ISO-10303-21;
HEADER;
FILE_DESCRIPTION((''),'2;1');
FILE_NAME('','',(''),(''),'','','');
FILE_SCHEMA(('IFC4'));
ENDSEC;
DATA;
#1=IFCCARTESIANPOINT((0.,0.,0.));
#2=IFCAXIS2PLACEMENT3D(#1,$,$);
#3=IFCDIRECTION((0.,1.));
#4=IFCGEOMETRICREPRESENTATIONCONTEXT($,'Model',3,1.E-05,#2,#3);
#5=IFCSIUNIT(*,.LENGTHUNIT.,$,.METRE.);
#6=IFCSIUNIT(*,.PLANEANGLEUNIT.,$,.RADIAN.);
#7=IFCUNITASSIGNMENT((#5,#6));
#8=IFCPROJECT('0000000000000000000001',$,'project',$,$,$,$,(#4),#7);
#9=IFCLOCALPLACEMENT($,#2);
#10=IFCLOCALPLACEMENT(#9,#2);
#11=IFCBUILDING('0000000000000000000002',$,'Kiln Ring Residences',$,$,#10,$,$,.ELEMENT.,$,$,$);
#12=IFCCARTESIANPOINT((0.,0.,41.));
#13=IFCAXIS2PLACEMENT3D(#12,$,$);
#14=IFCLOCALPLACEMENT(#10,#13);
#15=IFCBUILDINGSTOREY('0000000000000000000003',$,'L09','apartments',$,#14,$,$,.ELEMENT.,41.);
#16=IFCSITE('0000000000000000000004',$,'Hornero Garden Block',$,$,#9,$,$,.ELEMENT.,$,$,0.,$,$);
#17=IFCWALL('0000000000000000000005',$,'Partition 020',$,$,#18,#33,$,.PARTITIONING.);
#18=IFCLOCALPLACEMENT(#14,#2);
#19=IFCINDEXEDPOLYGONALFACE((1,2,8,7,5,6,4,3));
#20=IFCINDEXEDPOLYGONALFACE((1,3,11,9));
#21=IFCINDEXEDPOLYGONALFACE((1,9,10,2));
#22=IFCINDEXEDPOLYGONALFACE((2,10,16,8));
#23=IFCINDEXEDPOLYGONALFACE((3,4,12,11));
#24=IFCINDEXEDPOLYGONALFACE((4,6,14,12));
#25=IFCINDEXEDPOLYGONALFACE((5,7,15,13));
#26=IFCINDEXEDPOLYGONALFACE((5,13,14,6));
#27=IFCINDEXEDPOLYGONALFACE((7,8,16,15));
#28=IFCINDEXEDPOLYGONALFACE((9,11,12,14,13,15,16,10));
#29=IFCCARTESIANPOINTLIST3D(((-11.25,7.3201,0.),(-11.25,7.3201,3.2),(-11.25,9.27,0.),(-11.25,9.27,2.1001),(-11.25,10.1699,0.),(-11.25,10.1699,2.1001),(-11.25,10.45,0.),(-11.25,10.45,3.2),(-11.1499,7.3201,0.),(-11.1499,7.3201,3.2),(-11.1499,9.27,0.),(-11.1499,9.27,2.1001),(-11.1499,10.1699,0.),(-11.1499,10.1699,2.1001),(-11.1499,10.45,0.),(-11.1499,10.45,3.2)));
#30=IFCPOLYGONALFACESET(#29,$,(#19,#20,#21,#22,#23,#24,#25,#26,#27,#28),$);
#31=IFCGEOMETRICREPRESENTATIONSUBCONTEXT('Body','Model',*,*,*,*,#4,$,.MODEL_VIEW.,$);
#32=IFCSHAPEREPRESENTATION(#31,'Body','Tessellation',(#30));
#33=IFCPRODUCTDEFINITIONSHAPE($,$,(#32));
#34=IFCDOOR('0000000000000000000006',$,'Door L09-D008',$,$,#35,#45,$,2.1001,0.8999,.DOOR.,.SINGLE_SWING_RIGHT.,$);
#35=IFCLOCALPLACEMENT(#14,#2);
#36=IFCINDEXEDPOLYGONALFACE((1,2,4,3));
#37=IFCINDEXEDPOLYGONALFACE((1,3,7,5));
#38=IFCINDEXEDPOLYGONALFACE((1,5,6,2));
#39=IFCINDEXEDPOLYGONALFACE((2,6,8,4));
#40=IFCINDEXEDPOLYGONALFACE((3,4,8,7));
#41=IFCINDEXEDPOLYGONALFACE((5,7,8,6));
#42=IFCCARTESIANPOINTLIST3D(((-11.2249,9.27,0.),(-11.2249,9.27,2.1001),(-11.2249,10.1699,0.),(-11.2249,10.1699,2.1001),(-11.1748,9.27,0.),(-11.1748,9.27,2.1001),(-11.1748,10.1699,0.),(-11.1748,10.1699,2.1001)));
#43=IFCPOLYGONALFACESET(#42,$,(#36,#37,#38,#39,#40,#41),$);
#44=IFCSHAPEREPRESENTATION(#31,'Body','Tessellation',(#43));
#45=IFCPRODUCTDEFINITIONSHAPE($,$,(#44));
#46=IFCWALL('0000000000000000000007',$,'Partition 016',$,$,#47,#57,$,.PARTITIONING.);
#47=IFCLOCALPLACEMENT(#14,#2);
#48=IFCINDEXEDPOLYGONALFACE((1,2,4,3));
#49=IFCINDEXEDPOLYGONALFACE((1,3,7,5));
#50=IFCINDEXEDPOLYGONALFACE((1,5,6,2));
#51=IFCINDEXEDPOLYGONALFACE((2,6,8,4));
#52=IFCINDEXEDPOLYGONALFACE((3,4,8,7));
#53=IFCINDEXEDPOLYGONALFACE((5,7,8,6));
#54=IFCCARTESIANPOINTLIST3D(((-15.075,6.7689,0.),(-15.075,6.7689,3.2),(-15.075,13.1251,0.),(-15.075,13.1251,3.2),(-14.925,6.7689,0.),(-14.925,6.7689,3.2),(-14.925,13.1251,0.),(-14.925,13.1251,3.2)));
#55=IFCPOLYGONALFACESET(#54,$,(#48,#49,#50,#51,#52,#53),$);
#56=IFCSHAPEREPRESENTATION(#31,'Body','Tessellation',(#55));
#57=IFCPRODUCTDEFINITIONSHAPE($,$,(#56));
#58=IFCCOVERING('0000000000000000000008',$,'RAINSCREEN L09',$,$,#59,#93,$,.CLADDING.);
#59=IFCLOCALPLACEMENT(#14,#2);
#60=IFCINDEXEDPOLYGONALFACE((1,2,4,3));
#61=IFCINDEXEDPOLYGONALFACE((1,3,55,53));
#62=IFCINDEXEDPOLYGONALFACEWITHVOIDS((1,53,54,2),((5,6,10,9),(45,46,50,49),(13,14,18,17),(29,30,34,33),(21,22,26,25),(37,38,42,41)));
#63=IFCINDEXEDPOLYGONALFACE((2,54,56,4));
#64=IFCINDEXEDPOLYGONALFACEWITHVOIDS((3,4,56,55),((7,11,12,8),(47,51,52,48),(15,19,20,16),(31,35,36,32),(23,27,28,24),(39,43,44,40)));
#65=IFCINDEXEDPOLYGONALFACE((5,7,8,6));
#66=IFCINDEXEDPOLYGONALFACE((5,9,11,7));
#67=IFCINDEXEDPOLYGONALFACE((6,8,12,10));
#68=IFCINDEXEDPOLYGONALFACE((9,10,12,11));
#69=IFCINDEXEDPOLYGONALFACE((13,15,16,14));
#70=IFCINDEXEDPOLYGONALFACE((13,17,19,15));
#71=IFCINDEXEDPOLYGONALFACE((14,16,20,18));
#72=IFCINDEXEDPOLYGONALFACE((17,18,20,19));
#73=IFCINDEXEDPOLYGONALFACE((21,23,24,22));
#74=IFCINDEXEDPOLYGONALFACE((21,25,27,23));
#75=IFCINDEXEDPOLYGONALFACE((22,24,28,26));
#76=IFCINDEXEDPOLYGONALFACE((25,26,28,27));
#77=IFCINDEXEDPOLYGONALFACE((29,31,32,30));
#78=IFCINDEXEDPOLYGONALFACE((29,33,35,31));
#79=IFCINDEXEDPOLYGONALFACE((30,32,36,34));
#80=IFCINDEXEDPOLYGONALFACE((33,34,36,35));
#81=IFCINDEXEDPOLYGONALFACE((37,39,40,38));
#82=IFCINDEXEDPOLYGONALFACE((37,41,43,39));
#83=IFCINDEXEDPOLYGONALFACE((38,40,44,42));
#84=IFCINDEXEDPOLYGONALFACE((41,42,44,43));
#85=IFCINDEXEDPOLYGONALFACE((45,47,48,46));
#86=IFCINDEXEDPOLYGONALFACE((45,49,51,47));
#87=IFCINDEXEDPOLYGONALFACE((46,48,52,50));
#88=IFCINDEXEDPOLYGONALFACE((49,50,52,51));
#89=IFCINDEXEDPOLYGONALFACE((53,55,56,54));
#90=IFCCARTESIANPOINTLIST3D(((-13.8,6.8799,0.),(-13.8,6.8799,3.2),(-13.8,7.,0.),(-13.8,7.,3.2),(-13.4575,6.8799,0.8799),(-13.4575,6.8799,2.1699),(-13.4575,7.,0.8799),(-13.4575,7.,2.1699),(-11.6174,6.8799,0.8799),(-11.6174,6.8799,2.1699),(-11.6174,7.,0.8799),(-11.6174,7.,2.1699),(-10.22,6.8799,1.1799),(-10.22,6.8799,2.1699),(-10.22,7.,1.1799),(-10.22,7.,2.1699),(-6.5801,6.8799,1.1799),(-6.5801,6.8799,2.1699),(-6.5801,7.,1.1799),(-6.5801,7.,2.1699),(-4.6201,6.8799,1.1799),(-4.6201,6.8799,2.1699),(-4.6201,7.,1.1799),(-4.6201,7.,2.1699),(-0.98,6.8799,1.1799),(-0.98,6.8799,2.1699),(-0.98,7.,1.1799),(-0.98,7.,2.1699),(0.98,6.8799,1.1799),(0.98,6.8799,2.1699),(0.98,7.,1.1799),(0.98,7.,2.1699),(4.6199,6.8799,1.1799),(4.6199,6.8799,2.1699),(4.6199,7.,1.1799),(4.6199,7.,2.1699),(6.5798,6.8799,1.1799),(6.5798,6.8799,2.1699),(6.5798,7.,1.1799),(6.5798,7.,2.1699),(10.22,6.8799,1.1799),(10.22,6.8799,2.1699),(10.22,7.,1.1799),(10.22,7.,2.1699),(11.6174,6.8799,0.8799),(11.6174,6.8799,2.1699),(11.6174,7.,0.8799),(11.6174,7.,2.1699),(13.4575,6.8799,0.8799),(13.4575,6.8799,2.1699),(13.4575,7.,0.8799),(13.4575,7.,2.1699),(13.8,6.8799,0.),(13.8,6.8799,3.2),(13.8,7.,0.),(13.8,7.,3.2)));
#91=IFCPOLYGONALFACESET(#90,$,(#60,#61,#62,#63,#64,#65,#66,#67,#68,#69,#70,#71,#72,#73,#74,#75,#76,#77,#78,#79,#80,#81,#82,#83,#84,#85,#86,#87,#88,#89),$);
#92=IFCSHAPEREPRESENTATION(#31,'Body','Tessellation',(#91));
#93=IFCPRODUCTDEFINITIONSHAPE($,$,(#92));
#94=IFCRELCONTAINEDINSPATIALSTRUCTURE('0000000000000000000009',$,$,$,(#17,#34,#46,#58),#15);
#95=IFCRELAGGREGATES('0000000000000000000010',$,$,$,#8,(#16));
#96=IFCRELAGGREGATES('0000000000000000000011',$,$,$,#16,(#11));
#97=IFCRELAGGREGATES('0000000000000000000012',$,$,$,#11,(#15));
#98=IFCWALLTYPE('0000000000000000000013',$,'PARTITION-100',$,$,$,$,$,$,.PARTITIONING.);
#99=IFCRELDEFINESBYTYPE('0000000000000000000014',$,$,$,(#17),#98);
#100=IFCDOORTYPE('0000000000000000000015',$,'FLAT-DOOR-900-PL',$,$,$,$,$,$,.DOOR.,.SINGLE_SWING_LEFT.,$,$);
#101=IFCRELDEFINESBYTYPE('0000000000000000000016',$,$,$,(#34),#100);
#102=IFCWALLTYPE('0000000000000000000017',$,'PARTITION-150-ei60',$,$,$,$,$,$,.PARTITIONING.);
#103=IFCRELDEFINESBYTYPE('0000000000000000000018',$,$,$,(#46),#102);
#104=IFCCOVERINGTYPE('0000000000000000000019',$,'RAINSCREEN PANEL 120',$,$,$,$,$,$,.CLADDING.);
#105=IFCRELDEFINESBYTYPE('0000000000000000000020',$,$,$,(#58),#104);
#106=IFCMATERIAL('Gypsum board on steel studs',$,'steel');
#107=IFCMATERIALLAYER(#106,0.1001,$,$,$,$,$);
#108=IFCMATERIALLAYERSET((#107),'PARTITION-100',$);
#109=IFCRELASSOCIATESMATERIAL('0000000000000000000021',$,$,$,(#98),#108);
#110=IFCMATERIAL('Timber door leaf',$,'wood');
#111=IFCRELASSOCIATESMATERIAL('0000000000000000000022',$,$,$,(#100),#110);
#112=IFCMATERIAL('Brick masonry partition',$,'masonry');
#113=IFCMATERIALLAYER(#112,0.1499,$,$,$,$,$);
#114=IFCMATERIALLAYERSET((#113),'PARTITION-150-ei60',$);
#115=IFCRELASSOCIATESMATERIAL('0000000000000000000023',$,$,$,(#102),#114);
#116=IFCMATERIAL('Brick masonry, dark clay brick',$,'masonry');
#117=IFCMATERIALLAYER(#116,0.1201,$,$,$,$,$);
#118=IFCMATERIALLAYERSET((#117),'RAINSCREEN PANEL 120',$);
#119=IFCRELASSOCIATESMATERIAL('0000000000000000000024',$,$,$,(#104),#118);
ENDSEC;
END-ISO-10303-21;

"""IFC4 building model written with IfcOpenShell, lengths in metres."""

from ifc_helpers import new_model, si_unit, direction, frame, frame_2d, origin, place, context, subcontext, project, spatial, polyline, rectangle, outline, extrude, material, layer, layer_set, type_object, element, fill, save


model = new_model("IFC4")

# Units and contexts
model_context = context("Model", 3, precision=1e-05, world=origin(), true_north=direction((0.0, 1.0)))
body_context = subcontext(model_context, "Body", "Model", "MODEL_VIEW")
ifc_project = project(units=[si_unit("LENGTHUNIT", "METRE"), si_unit("PLANEANGLEUNIT", "RADIAN")], contexts=[model_context])

# Site, building, storey
site_placement = place(None, origin())
site = spatial("IfcSite", under=ifc_project, at=site_placement, Name="Hornero Garden Block", CompositionType="ELEMENT", RefElevation=0.0)
building_placement = place(site_placement, origin())
building = spatial("IfcBuilding", under=site, at=building_placement, Name="Kiln Ring Residences", CompositionType="ELEMENT")
storey_placement = place(building_placement, frame((0.0, 0.0, 41.0)))
storey = spatial("IfcBuildingStorey", under=building, at=storey_placement, Name="L09", Description="apartments", CompositionType="ELEMENT", Elevation=41.0)

# Wall, opening, door
ifc_material_1 = material(Name="Gypsum board on steel studs", Category="steel")
ifc_layer_1 = layer(ifc_material_1, 0.1001)
ifc_layer_set_1 = layer_set([ifc_layer_1], Name="PARTITION-100")
wall_type_1 = type_object("IfcWallType", Name="PARTITION-100", PredefinedType="PARTITIONING", material=ifc_layer_set_1)
wall_1_placement = place(storey_placement, frame((-11.2, 7.3201, 0.0), z_axis=(0.0, 0.0, 1.0), x_axis=(0.0, 1.0, 0.0)))
wall_1 = element("IfcWall", 1, at=wall_1_placement, inside=storey, type_object=wall_type_1, Name="Partition 020", PredefinedType="PARTITIONING", context=body_context, shape_type="SweptSolid", body=[
    extrude(rectangle(XDim=3.1299, YDim=0.1001, at=frame_2d((1.5649, 0.0))), origin(), (0.0, 0.0, 1.0), 3.2),
])
opening_1_placement = place(wall_1_placement, frame((1.95, 0.0, 0.0)))
opening_1 = element("IfcOpeningElement", 2, at=opening_1_placement, cuts=wall_1, PredefinedType="OPENING", context=body_context, shape_type="SweptSolid", body=[
    extrude(rectangle(XDim=0.8999, YDim=2.1001, at=frame_2d((0.45, 1.05))), frame((0.0, 0.0601, 0.0), z_axis=(0.0, -1.0, 0.0), x_axis=(1.0, 0.0, 0.0)), (0.0, 0.0, 1.0), 0.1201),
])
ifc_material_2 = material(Name="Timber door leaf", Category="wood")
door_type = type_object("IfcDoorType", Name="FLAT-DOOR-900-PL", OperationType="SINGLE_SWING_LEFT", PredefinedType="DOOR", material=ifc_material_2)
door_placement = place(opening_1_placement, origin())
door = element("IfcDoor", 3, at=door_placement, inside=storey, type_object=door_type, Name="Door L09-D008", OperationType="SINGLE_SWING_RIGHT", OverallHeight=2.1001, OverallWidth=0.8999, PredefinedType="DOOR", context=body_context, shape_type="SweptSolid", body=[
    extrude(rectangle(XDim=0.8999, YDim=2.1001, at=frame_2d((0.45, 1.05))), frame((0.0, 0.0249, 0.0), z_axis=(0.0, -1.0, 0.0), x_axis=(1.0, 0.0, 0.0)), (0.0, 0.0, 1.0), 0.05),
])
fill(opening_1, door)

# Wall
ifc_material_3 = material(Name="Brick masonry partition", Category="masonry")
ifc_layer_2 = layer(ifc_material_3, 0.1499)
ifc_layer_set_2 = layer_set([ifc_layer_2], Name="PARTITION-150-ei60")
wall_type_2 = type_object("IfcWallType", Name="PARTITION-150-ei60", PredefinedType="PARTITIONING", material=ifc_layer_set_2)
wall_2_placement = place(storey_placement, frame((-15.0, 6.7688, 0.0), z_axis=(0.0, 0.0, 1.0), x_axis=(0.0, 1.0, 0.0)))
element("IfcWall", 4, at=wall_2_placement, inside=storey, type_object=wall_type_2, Name="Partition 016", PredefinedType="PARTITIONING", context=body_context, shape_type="SweptSolid", body=[
    extrude(rectangle(XDim=6.3562, YDim=0.1499, at=frame_2d((3.1782, 0.0))), origin(), (0.0, 0.0, 1.0), 3.2),
])

# Covering
ifc_material_4 = material(Name="Brick masonry, dark clay brick", Category="masonry")
ifc_layer_3 = layer(ifc_material_4, 0.1201)
ifc_layer_set_3 = layer_set([ifc_layer_3], Name="RAINSCREEN PANEL 120")
covering_type = type_object("IfcCoveringType", Name="RAINSCREEN PANEL 120", PredefinedType="CLADDING", material=ifc_layer_set_3)
covering_placement = place(storey_placement, frame((-13.8, 6.9399, 0.0), z_axis=(0.0, 0.0, 1.0), x_axis=(1.0, 0.0, 0.0)))
element("IfcCovering", 5, at=covering_placement, inside=storey, type_object=covering_type, Name="RAINSCREEN L09", PredefinedType="CLADDING", context=body_context, shape_type="SweptSolid", body=[
    extrude(outline(polyline([(0.0, 0.0), (27.6001, 0.0), (27.6001, 3.2), (0.0, 3.2), (0.0, 0.0)]), holes=[polyline([(2.1826, 0.8799), (2.1826, 2.1699), (0.3425, 2.1699), (0.3425, 0.8799), (2.1826, 0.8799)]), polyline([(25.4175, 0.8799), (27.2576, 0.8799), (27.2576, 2.1699), (25.4175, 2.1699), (25.4175, 0.8799)]), polyline([(3.5801, 1.1799), (7.22, 1.1799), (7.22, 2.1699), (3.5801, 2.1699), (3.5801, 1.1799)]), polyline([(12.8201, 1.1799), (12.8201, 2.1699), (9.1799, 2.1699), (9.1799, 1.1799), (12.8201, 1.1799)]), polyline([(14.78, 1.1799), (18.4199, 1.1799), (18.4199, 2.1699), (14.78, 2.1699), (14.78, 1.1799)]), polyline([(20.3799, 1.1799), (24.02, 1.1799), (24.02, 2.1699), (20.3799, 2.1699), (20.3799, 1.1799)])]), frame((0.0, 0.0601, 0.0), z_axis=(0.0, -1.0, 0.0), x_axis=(1.0, 0.0, 0.0)), (0.0, 0.0, 1.0), 0.1201),
])

save(model, "model.ifc")
